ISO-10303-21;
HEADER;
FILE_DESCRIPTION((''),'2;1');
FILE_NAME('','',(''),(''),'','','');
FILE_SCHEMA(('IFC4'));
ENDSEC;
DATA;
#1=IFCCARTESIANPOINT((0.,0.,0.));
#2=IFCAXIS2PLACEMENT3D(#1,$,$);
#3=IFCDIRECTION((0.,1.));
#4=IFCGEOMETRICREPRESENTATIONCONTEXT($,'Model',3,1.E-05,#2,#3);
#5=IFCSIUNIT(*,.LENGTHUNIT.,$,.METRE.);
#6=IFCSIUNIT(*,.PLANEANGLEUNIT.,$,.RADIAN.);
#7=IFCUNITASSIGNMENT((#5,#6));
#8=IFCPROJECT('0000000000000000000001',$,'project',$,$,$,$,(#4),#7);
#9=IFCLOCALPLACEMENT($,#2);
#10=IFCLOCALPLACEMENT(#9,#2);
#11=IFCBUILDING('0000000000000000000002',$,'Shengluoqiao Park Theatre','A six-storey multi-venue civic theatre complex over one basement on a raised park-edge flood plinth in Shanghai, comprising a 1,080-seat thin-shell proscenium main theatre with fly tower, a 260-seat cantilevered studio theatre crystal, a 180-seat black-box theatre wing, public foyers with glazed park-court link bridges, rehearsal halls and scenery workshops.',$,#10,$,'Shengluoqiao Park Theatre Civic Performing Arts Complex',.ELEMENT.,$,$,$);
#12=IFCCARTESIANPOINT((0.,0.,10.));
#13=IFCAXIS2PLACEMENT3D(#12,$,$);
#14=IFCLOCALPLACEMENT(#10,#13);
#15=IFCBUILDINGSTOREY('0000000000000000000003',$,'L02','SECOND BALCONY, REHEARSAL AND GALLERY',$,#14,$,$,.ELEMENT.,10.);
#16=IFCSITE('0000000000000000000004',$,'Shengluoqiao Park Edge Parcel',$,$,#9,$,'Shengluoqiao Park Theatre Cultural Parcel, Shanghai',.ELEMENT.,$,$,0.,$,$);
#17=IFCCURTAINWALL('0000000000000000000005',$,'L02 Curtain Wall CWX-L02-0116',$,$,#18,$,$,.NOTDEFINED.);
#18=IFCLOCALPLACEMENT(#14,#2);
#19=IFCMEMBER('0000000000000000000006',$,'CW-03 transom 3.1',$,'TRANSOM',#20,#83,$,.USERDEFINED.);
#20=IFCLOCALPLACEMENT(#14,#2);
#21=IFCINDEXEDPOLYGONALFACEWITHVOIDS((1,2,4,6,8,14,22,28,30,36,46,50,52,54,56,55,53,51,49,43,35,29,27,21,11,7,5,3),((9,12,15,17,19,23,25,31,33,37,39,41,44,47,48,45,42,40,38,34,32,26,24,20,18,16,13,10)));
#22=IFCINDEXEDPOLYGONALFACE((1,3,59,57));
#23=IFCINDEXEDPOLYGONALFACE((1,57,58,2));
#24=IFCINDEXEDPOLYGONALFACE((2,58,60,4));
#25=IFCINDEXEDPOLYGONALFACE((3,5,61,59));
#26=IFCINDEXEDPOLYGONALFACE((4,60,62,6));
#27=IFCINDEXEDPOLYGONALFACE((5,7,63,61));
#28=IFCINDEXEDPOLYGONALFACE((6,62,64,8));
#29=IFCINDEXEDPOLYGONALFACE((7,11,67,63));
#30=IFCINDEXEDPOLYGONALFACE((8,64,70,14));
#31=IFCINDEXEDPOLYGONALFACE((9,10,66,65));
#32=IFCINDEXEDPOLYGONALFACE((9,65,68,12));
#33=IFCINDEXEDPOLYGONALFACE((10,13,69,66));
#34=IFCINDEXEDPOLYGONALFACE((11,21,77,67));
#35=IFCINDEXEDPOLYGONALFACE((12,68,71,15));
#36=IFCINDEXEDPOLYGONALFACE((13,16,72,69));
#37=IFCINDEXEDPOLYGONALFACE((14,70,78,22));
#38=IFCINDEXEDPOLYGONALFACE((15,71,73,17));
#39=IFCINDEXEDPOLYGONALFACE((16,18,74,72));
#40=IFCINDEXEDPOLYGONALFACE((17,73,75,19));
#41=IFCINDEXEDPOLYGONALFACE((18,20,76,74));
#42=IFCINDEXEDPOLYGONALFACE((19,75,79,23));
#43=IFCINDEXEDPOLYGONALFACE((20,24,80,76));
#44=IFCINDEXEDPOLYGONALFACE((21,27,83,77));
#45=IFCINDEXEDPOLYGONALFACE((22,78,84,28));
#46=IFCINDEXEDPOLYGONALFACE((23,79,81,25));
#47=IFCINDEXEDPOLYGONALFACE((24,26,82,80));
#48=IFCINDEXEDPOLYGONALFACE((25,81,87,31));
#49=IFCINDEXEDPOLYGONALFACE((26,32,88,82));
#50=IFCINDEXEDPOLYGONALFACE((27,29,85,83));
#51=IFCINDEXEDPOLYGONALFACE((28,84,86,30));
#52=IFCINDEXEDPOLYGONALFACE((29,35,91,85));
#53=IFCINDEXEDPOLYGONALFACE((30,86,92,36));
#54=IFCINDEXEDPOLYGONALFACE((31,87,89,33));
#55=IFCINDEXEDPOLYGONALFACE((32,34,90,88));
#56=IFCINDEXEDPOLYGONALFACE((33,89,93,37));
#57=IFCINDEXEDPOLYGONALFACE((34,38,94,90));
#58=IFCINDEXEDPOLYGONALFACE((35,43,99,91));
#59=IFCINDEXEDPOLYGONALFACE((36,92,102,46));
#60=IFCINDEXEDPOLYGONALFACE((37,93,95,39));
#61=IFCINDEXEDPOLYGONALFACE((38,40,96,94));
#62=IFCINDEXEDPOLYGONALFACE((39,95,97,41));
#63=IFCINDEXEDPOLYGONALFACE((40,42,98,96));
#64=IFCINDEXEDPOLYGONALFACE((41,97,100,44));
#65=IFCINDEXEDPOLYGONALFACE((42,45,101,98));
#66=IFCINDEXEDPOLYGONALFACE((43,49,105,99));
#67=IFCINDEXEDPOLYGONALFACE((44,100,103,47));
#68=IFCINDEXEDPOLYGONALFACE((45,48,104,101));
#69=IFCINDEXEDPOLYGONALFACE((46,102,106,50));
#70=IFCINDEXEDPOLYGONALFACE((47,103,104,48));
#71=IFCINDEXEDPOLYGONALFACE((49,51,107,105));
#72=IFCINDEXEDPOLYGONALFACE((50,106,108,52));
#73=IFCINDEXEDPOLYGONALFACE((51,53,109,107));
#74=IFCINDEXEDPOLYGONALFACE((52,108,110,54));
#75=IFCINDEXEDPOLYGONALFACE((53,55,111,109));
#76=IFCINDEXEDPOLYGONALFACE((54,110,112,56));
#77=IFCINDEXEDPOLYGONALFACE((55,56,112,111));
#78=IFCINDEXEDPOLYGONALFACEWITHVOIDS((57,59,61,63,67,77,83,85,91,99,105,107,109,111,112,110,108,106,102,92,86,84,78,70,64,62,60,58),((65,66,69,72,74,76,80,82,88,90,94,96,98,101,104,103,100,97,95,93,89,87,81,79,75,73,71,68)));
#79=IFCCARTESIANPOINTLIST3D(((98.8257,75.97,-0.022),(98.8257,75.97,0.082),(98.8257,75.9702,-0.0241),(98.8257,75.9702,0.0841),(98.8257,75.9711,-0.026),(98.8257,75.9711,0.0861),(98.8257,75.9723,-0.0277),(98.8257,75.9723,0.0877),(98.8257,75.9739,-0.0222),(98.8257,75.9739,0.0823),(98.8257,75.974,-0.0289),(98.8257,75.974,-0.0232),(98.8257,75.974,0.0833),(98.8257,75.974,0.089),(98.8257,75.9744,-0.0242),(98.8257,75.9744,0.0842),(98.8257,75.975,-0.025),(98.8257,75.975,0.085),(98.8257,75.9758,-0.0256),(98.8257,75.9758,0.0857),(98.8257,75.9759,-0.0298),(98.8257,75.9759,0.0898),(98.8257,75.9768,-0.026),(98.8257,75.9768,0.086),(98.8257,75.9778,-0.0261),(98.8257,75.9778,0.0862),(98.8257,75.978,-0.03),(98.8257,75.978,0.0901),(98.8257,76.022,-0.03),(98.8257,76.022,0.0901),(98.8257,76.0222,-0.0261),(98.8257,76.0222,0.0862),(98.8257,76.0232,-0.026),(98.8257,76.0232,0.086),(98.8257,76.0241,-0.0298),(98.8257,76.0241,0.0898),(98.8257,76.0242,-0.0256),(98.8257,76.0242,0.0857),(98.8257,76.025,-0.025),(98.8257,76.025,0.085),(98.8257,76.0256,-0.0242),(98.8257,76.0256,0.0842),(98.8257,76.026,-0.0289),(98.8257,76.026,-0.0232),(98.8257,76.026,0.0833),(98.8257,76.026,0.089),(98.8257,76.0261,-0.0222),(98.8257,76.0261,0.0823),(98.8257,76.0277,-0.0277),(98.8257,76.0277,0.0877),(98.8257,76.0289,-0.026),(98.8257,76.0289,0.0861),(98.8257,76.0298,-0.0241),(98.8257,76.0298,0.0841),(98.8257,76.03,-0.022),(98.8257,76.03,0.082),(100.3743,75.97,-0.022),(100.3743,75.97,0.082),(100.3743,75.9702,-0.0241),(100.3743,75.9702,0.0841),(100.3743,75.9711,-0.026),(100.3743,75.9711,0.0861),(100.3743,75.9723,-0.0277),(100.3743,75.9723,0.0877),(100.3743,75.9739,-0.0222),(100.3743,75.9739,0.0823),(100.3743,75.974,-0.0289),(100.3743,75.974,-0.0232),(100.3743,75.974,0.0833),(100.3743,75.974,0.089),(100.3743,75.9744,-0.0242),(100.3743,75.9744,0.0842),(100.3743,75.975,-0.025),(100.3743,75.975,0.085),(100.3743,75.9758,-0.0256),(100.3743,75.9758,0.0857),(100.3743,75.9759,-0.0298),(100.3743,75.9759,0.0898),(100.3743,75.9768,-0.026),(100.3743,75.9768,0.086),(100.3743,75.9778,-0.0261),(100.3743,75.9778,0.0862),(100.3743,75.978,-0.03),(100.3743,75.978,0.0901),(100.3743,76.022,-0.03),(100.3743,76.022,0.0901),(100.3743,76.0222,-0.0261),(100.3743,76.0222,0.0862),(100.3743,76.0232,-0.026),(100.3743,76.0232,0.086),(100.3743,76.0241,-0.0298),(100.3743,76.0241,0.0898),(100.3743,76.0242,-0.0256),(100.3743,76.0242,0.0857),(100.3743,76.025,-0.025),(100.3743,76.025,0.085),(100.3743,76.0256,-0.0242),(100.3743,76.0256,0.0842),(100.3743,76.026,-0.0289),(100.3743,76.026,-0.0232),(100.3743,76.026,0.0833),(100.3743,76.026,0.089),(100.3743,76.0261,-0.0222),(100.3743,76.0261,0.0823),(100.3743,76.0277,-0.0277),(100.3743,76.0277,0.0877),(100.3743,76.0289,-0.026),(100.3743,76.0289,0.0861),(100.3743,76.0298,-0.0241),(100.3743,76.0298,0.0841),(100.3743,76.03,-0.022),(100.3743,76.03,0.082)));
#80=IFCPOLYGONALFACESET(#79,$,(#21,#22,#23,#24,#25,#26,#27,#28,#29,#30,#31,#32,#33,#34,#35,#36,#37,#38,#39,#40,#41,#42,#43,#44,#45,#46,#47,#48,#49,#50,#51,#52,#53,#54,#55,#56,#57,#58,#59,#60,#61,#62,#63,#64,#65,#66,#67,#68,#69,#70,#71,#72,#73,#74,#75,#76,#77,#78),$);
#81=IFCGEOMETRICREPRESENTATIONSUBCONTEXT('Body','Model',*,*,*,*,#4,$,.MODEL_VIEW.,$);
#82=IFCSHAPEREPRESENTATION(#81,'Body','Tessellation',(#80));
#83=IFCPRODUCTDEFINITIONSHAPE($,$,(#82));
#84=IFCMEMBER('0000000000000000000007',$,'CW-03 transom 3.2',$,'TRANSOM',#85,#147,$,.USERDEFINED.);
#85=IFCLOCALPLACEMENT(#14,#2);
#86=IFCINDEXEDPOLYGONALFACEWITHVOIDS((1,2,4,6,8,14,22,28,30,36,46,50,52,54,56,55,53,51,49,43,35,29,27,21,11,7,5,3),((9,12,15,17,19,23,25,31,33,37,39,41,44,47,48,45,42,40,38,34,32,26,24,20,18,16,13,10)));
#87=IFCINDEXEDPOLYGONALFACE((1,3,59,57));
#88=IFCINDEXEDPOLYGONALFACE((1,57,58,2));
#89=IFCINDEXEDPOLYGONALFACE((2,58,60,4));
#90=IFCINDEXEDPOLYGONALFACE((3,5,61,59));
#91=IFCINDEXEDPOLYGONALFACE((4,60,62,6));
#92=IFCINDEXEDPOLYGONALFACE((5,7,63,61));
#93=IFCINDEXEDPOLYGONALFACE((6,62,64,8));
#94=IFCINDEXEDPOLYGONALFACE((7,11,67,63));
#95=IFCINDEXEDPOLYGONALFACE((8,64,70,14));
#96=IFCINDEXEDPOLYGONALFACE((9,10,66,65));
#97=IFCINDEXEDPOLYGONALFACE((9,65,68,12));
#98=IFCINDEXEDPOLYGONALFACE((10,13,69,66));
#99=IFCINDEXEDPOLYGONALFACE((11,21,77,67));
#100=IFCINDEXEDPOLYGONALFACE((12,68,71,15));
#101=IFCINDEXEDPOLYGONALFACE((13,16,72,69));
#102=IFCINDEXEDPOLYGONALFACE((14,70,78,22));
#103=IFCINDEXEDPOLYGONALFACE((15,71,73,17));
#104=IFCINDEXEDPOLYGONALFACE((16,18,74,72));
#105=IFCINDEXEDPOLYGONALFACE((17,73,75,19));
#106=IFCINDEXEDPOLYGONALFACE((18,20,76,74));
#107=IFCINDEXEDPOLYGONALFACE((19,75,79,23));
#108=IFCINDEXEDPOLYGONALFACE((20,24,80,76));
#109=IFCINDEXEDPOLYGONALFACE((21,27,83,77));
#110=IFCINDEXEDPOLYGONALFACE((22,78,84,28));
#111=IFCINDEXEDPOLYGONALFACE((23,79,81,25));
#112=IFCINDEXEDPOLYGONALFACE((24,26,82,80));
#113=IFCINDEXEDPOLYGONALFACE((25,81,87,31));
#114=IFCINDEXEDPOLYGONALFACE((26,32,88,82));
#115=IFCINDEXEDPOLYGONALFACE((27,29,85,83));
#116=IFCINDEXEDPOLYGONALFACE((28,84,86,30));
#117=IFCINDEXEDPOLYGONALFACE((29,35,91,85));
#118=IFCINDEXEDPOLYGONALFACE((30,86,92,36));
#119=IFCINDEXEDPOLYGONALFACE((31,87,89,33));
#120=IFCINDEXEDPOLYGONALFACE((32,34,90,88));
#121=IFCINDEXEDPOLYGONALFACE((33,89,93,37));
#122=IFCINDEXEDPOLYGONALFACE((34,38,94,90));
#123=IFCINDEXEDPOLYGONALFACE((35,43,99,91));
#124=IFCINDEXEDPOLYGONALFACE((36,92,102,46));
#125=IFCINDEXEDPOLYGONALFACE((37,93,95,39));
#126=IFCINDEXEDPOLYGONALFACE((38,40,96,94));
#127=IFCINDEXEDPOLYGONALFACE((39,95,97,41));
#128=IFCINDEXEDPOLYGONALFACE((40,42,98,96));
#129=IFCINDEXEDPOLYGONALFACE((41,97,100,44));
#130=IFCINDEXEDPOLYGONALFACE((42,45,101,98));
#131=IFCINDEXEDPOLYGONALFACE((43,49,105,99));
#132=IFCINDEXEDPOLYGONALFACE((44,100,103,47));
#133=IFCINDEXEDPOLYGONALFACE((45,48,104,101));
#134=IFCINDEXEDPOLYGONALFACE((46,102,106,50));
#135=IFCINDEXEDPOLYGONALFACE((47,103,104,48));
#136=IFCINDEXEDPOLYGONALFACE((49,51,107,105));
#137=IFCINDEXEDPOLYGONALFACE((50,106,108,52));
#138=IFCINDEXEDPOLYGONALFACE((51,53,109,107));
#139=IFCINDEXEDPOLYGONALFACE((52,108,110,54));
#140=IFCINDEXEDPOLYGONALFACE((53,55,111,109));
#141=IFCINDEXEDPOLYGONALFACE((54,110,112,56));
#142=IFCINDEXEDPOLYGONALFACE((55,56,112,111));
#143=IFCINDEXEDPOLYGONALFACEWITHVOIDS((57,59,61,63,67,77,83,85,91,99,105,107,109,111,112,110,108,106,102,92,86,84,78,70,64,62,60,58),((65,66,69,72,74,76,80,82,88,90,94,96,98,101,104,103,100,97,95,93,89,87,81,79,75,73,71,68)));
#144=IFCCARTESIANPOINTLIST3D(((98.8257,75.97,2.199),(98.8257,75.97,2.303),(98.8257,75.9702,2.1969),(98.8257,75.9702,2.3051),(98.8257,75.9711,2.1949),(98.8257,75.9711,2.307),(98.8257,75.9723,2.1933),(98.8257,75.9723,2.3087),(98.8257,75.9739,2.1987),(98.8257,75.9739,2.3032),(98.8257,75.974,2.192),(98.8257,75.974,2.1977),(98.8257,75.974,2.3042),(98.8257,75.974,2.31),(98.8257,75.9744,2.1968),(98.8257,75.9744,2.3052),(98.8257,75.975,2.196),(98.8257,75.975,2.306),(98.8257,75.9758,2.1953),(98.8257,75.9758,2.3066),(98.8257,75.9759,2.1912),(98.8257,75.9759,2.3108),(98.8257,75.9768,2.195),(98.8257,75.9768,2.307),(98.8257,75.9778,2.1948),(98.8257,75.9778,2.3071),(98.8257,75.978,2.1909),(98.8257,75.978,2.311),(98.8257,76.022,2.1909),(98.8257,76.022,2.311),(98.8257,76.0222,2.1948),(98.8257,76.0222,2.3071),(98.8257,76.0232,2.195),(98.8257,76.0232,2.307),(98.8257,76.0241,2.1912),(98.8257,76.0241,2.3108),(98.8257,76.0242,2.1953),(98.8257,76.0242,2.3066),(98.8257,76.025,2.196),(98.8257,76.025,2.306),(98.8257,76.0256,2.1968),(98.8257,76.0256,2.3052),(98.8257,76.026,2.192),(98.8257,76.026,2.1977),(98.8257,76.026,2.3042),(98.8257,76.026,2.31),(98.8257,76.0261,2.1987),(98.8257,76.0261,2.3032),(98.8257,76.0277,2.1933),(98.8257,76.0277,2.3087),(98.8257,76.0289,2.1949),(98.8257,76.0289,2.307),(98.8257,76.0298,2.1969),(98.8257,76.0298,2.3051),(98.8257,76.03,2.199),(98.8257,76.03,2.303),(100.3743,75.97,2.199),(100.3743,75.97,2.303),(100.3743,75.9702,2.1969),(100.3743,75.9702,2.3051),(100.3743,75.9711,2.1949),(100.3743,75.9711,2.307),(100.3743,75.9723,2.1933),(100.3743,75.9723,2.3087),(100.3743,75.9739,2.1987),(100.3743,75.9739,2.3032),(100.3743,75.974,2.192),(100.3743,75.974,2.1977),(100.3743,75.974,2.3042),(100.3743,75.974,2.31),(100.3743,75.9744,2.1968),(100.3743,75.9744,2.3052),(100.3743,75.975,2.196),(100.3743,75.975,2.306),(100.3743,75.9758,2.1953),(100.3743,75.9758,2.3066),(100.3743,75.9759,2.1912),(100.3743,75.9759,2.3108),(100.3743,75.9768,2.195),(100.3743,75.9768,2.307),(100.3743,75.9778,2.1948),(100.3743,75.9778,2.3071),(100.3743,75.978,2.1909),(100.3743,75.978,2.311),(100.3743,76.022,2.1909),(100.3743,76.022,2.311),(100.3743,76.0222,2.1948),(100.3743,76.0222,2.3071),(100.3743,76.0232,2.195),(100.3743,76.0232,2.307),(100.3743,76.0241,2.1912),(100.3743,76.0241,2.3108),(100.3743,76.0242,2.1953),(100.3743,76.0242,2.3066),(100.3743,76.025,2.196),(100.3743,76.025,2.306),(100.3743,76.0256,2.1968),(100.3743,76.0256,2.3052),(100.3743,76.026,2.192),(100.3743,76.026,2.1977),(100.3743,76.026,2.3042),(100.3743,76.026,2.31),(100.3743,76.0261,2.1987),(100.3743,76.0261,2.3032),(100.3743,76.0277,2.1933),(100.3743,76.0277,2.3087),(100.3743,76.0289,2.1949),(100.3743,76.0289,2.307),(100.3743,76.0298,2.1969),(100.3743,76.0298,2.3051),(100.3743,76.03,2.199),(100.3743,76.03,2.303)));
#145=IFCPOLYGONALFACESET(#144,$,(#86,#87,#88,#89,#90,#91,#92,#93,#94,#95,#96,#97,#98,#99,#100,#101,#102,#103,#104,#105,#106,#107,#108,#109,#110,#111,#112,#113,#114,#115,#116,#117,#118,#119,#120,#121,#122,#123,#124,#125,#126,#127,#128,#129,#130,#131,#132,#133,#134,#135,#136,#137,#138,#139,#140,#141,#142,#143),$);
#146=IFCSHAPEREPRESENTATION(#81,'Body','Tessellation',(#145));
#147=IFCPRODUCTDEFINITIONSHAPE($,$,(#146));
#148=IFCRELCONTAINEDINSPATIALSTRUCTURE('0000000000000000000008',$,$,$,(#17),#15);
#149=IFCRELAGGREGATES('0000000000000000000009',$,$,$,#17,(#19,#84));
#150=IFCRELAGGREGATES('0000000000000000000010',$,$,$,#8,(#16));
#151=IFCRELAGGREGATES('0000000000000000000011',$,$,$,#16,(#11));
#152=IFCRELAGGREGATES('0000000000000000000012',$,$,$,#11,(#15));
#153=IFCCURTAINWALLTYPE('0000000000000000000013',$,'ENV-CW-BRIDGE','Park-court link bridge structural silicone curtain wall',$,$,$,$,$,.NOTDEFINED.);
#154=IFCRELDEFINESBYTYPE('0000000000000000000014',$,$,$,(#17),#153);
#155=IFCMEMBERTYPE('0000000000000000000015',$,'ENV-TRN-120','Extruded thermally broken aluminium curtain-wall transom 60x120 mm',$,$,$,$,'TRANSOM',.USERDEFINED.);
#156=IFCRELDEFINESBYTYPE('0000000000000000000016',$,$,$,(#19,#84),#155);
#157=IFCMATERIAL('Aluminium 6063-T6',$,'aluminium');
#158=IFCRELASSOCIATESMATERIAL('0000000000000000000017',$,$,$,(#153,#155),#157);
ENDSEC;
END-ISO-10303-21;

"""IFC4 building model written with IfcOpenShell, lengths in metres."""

from ifc_helpers import new_model, si_unit, direction, frame, origin, origin_2d, place, context, subcontext, project, spatial, hollow_rectangle, extrude, material, material_profile, profile_set, type_object, element, aggregate, save


model = new_model("IFC4")

# Units and contexts
model_context = context("Model", 3, precision=1e-05, world=origin(), true_north=direction((0.0, 1.0)))
body_context = subcontext(model_context, "Body", "Model", "MODEL_VIEW")
ifc_project = project(units=[si_unit("LENGTHUNIT", "METRE"), si_unit("PLANEANGLEUNIT", "RADIAN")], contexts=[model_context])

# Site, building, storey
site_placement = place(None, origin())
site = spatial("IfcSite", under=ifc_project, at=site_placement, Name="Shengluoqiao Park Edge Parcel", LongName="Shengluoqiao Park Theatre Cultural Parcel, Shanghai", CompositionType="ELEMENT", RefElevation=0.0)
building_placement = place(site_placement, origin())
building = spatial("IfcBuilding", under=site, at=building_placement, Name="Shengluoqiao Park Theatre", Description="A six-storey multi-venue civic theatre complex over one basement on a raised park-edge flood plinth in Shanghai, comprising a 1,080-seat thin-shell proscenium main theatre with fly tower, a 260-seat cantilevered studio theatre crystal, a 180-seat black-box theatre wing, public foyers with glazed park-court link bridges, rehearsal halls and scenery workshops.", LongName="Shengluoqiao Park Theatre Civic Performing Arts Complex", CompositionType="ELEMENT")
storey_placement = place(building_placement, frame((0.0, 0.0, 10.0)))
storey = spatial("IfcBuildingStorey", under=building, at=storey_placement, Name="L02", Description="SECOND BALCONY, REHEARSAL AND GALLERY", CompositionType="ELEMENT", Elevation=10.0)

# Curtain wall, members
ifc_material_1 = material(Name="Aluminium 6063-T6", Category="aluminium")
curtain_wall_type = type_object("IfcCurtainWallType", Name="ENV-CW-BRIDGE", Description="Park-court link bridge structural silicone curtain wall", PredefinedType="NOTDEFINED", material=ifc_material_1)
curtain_wall_placement = place(storey_placement, origin())
curtain_wall = element("IfcCurtainWall", 1, at=curtain_wall_placement, inside=storey, type_object=curtain_wall_type, Name="L02 Curtain Wall CWX-L02-0116", PredefinedType="NOTDEFINED")
ifc_material_profile_1 = material_profile(ifc_material_1, hollow_rectangle(XDim=0.0601, YDim=0.1201, WallThickness=0.0039, InnerFilletRadius=0.0039, OuterFilletRadius=0.0081, at=origin_2d()), Name="ALU TRANSOM 120x60x4")
ifc_profile_set_1 = profile_set([ifc_material_profile_1], Name="Aluminium 6063-T6")
member_type_1 = type_object("IfcMemberType", Name="ENV-TRN-120", Description="Extruded thermally broken aluminium curtain-wall transom 60x120 mm", ElementType="TRANSOM", PredefinedType="USERDEFINED", material=ifc_profile_set_1)
member_1_placement = place(storey_placement, frame((98.8257, 76.0, 0.03), z_axis=(1.0, 0.0, 0.0), x_axis=(0.0, 1.0, 0.0)))
member_1 = element("IfcMember", 2, at=member_1_placement, type_object=member_type_1, Name="CW-03 transom 3.1", ObjectType="TRANSOM", PredefinedType="USERDEFINED", context=body_context, shape_type="SweptSolid", body=[
    extrude(hollow_rectangle(XDim=0.0601, YDim=0.1201, WallThickness=0.0039, InnerFilletRadius=0.0039, OuterFilletRadius=0.0081, at=origin_2d()), origin(), (0.0, 0.0, 1.0), 1.5486),
])
member_2_placement = place(storey_placement, frame((98.8257, 76.0, 2.251), z_axis=(1.0, 0.0, 0.0), x_axis=(0.0, 1.0, 0.0)))
member_2 = element("IfcMember", 3, at=member_2_placement, type_object=member_type_1, Name="CW-03 transom 3.2", ObjectType="TRANSOM", PredefinedType="USERDEFINED", context=body_context, shape_type="SweptSolid", body=[
    extrude(hollow_rectangle(XDim=0.0601, YDim=0.1201, WallThickness=0.0039, InnerFilletRadius=0.0039, OuterFilletRadius=0.0081, at=origin_2d()), origin(), (0.0, 0.0, 1.0), 1.5486),
])
aggregate(curtain_wall, [member_1, member_2])

save(model, "model.ifc")
